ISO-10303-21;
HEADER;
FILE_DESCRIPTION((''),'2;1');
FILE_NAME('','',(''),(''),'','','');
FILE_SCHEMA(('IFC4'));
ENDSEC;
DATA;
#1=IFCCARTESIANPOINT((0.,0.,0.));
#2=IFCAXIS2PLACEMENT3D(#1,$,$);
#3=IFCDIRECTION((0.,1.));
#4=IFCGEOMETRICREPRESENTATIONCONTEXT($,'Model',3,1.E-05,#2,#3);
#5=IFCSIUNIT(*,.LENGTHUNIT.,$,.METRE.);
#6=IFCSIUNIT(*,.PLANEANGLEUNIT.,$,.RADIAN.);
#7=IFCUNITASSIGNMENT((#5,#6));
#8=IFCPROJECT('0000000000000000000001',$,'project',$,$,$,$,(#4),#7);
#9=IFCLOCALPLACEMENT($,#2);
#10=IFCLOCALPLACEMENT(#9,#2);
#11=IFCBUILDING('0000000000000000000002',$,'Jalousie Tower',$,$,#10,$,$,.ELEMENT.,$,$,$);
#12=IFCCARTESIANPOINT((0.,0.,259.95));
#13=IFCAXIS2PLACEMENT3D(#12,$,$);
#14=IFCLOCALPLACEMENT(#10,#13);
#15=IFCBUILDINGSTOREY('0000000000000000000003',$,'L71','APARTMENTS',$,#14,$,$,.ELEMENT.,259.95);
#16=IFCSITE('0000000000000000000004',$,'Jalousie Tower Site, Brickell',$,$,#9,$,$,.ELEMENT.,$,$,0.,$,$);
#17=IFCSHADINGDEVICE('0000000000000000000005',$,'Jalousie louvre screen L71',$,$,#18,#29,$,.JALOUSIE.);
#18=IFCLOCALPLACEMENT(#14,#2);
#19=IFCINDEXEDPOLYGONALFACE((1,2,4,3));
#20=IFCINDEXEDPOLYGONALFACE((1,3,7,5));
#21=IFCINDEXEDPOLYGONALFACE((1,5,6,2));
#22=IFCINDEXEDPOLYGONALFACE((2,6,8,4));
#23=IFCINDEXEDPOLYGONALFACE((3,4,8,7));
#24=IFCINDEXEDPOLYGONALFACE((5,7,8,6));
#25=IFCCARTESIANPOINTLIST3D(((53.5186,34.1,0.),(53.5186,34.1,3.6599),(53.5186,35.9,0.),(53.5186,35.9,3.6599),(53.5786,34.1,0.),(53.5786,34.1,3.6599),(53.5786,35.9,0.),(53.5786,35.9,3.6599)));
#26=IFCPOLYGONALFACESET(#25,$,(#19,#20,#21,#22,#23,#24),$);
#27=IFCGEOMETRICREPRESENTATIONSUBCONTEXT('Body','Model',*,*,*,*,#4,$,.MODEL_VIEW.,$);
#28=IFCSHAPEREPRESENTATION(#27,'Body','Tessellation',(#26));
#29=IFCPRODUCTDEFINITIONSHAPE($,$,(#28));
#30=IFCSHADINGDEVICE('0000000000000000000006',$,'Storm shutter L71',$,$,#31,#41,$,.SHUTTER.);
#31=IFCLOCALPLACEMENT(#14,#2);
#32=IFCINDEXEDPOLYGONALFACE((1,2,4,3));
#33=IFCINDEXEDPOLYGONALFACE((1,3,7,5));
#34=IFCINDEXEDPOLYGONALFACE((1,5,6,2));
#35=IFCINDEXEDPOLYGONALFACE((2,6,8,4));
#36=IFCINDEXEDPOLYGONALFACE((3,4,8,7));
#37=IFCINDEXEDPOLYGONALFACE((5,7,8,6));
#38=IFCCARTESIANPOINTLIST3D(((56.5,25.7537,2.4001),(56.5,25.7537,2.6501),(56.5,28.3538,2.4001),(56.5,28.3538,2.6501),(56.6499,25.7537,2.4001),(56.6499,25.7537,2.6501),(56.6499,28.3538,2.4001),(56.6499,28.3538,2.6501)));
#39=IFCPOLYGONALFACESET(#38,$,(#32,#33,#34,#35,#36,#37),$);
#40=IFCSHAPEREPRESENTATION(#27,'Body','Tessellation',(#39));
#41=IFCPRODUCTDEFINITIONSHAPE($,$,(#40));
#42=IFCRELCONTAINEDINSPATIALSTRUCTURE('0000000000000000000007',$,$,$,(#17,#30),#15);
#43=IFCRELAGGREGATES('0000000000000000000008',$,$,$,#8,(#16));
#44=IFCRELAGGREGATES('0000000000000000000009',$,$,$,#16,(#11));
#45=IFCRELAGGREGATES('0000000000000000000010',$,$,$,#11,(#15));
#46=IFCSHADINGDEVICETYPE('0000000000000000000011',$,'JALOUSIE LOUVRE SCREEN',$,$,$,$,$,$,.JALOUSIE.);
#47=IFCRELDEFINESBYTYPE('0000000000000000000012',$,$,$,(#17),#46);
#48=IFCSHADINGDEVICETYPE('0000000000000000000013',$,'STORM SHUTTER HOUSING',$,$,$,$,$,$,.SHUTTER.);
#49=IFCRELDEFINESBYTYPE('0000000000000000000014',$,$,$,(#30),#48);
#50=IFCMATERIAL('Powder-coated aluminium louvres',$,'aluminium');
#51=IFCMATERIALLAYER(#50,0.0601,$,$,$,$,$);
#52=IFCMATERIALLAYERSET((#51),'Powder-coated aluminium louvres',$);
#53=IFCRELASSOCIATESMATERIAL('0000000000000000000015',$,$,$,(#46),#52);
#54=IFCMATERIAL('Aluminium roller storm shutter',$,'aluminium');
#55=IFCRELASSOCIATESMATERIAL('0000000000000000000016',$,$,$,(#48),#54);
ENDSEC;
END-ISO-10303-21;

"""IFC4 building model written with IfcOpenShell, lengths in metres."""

from ifc_helpers import new_model, si_unit, direction, frame, origin, origin_2d, place, context, subcontext, project, spatial, rectangle, extrude, material, layer, layer_set, type_object, element, save


model = new_model("IFC4")

# Units and contexts
model_context = context("Model", 3, precision=1e-05, world=origin(), true_north=direction((0.0, 1.0)))
body_context = subcontext(model_context, "Body", "Model", "MODEL_VIEW")
ifc_project = project(units=[si_unit("LENGTHUNIT", "METRE"), si_unit("PLANEANGLEUNIT", "RADIAN")], contexts=[model_context])

# Site, building, storey
site_placement = place(None, origin())
site = spatial("IfcSite", under=ifc_project, at=site_placement, Name="Jalousie Tower Site, Brickell", CompositionType="ELEMENT", RefElevation=0.0)
building_placement = place(site_placement, origin())
building = spatial("IfcBuilding", under=site, at=building_placement, Name="Jalousie Tower", CompositionType="ELEMENT")
storey_placement = place(building_placement, frame((0.0, 0.0, 259.95)))
storey = spatial("IfcBuildingStorey", under=building, at=storey_placement, Name="L71", Description="APARTMENTS", CompositionType="ELEMENT", Elevation=259.95)

# Shading devices
ifc_material_1 = material(Name="Powder-coated aluminium louvres", Category="aluminium")
ifc_layer_1 = layer(ifc_material_1, 0.0601)
ifc_layer_set_1 = layer_set([ifc_layer_1], Name="Powder-coated aluminium louvres")
shading_device_type_1 = type_object("IfcShadingDeviceType", Name="JALOUSIE LOUVRE SCREEN", PredefinedType="JALOUSIE", material=ifc_layer_set_1)
shading_device_1_placement = place(storey_placement, frame((53.5486, 35.0, 0.0), z_axis=(0.0, 0.0, 1.0), x_axis=(-1.0, 0.0, 0.0)))
element("IfcShadingDevice", 1, at=shading_device_1_placement, inside=storey, type_object=shading_device_type_1, Name="Jalousie louvre screen L71", PredefinedType="JALOUSIE", context=body_context, shape_type="SweptSolid", body=[
    extrude(rectangle(XDim=0.0601, YDim=1.8, at=origin_2d()), origin(), (0.0, 0.0, 1.0), 3.6599),
])
ifc_material_2 = material(Name="Aluminium roller storm shutter", Category="aluminium")
shading_device_type_2 = type_object("IfcShadingDeviceType", Name="STORM SHUTTER HOUSING", PredefinedType="SHUTTER", material=ifc_material_2)
shading_device_2_placement = place(storey_placement, frame((56.575, 27.0537, 2.4001), z_axis=(0.0, 0.0, 1.0), x_axis=(0.0, 1.0, 0.0)))
element("IfcShadingDevice", 2, at=shading_device_2_placement, inside=storey, type_object=shading_device_type_2, Name="Storm shutter L71", PredefinedType="SHUTTER", context=body_context, shape_type="SweptSolid", body=[
    extrude(rectangle(XDim=2.6001, YDim=0.1499, at=origin_2d()), origin(), (0.0, 0.0, 1.0), 0.25),
])

save(model, "model.ifc")
